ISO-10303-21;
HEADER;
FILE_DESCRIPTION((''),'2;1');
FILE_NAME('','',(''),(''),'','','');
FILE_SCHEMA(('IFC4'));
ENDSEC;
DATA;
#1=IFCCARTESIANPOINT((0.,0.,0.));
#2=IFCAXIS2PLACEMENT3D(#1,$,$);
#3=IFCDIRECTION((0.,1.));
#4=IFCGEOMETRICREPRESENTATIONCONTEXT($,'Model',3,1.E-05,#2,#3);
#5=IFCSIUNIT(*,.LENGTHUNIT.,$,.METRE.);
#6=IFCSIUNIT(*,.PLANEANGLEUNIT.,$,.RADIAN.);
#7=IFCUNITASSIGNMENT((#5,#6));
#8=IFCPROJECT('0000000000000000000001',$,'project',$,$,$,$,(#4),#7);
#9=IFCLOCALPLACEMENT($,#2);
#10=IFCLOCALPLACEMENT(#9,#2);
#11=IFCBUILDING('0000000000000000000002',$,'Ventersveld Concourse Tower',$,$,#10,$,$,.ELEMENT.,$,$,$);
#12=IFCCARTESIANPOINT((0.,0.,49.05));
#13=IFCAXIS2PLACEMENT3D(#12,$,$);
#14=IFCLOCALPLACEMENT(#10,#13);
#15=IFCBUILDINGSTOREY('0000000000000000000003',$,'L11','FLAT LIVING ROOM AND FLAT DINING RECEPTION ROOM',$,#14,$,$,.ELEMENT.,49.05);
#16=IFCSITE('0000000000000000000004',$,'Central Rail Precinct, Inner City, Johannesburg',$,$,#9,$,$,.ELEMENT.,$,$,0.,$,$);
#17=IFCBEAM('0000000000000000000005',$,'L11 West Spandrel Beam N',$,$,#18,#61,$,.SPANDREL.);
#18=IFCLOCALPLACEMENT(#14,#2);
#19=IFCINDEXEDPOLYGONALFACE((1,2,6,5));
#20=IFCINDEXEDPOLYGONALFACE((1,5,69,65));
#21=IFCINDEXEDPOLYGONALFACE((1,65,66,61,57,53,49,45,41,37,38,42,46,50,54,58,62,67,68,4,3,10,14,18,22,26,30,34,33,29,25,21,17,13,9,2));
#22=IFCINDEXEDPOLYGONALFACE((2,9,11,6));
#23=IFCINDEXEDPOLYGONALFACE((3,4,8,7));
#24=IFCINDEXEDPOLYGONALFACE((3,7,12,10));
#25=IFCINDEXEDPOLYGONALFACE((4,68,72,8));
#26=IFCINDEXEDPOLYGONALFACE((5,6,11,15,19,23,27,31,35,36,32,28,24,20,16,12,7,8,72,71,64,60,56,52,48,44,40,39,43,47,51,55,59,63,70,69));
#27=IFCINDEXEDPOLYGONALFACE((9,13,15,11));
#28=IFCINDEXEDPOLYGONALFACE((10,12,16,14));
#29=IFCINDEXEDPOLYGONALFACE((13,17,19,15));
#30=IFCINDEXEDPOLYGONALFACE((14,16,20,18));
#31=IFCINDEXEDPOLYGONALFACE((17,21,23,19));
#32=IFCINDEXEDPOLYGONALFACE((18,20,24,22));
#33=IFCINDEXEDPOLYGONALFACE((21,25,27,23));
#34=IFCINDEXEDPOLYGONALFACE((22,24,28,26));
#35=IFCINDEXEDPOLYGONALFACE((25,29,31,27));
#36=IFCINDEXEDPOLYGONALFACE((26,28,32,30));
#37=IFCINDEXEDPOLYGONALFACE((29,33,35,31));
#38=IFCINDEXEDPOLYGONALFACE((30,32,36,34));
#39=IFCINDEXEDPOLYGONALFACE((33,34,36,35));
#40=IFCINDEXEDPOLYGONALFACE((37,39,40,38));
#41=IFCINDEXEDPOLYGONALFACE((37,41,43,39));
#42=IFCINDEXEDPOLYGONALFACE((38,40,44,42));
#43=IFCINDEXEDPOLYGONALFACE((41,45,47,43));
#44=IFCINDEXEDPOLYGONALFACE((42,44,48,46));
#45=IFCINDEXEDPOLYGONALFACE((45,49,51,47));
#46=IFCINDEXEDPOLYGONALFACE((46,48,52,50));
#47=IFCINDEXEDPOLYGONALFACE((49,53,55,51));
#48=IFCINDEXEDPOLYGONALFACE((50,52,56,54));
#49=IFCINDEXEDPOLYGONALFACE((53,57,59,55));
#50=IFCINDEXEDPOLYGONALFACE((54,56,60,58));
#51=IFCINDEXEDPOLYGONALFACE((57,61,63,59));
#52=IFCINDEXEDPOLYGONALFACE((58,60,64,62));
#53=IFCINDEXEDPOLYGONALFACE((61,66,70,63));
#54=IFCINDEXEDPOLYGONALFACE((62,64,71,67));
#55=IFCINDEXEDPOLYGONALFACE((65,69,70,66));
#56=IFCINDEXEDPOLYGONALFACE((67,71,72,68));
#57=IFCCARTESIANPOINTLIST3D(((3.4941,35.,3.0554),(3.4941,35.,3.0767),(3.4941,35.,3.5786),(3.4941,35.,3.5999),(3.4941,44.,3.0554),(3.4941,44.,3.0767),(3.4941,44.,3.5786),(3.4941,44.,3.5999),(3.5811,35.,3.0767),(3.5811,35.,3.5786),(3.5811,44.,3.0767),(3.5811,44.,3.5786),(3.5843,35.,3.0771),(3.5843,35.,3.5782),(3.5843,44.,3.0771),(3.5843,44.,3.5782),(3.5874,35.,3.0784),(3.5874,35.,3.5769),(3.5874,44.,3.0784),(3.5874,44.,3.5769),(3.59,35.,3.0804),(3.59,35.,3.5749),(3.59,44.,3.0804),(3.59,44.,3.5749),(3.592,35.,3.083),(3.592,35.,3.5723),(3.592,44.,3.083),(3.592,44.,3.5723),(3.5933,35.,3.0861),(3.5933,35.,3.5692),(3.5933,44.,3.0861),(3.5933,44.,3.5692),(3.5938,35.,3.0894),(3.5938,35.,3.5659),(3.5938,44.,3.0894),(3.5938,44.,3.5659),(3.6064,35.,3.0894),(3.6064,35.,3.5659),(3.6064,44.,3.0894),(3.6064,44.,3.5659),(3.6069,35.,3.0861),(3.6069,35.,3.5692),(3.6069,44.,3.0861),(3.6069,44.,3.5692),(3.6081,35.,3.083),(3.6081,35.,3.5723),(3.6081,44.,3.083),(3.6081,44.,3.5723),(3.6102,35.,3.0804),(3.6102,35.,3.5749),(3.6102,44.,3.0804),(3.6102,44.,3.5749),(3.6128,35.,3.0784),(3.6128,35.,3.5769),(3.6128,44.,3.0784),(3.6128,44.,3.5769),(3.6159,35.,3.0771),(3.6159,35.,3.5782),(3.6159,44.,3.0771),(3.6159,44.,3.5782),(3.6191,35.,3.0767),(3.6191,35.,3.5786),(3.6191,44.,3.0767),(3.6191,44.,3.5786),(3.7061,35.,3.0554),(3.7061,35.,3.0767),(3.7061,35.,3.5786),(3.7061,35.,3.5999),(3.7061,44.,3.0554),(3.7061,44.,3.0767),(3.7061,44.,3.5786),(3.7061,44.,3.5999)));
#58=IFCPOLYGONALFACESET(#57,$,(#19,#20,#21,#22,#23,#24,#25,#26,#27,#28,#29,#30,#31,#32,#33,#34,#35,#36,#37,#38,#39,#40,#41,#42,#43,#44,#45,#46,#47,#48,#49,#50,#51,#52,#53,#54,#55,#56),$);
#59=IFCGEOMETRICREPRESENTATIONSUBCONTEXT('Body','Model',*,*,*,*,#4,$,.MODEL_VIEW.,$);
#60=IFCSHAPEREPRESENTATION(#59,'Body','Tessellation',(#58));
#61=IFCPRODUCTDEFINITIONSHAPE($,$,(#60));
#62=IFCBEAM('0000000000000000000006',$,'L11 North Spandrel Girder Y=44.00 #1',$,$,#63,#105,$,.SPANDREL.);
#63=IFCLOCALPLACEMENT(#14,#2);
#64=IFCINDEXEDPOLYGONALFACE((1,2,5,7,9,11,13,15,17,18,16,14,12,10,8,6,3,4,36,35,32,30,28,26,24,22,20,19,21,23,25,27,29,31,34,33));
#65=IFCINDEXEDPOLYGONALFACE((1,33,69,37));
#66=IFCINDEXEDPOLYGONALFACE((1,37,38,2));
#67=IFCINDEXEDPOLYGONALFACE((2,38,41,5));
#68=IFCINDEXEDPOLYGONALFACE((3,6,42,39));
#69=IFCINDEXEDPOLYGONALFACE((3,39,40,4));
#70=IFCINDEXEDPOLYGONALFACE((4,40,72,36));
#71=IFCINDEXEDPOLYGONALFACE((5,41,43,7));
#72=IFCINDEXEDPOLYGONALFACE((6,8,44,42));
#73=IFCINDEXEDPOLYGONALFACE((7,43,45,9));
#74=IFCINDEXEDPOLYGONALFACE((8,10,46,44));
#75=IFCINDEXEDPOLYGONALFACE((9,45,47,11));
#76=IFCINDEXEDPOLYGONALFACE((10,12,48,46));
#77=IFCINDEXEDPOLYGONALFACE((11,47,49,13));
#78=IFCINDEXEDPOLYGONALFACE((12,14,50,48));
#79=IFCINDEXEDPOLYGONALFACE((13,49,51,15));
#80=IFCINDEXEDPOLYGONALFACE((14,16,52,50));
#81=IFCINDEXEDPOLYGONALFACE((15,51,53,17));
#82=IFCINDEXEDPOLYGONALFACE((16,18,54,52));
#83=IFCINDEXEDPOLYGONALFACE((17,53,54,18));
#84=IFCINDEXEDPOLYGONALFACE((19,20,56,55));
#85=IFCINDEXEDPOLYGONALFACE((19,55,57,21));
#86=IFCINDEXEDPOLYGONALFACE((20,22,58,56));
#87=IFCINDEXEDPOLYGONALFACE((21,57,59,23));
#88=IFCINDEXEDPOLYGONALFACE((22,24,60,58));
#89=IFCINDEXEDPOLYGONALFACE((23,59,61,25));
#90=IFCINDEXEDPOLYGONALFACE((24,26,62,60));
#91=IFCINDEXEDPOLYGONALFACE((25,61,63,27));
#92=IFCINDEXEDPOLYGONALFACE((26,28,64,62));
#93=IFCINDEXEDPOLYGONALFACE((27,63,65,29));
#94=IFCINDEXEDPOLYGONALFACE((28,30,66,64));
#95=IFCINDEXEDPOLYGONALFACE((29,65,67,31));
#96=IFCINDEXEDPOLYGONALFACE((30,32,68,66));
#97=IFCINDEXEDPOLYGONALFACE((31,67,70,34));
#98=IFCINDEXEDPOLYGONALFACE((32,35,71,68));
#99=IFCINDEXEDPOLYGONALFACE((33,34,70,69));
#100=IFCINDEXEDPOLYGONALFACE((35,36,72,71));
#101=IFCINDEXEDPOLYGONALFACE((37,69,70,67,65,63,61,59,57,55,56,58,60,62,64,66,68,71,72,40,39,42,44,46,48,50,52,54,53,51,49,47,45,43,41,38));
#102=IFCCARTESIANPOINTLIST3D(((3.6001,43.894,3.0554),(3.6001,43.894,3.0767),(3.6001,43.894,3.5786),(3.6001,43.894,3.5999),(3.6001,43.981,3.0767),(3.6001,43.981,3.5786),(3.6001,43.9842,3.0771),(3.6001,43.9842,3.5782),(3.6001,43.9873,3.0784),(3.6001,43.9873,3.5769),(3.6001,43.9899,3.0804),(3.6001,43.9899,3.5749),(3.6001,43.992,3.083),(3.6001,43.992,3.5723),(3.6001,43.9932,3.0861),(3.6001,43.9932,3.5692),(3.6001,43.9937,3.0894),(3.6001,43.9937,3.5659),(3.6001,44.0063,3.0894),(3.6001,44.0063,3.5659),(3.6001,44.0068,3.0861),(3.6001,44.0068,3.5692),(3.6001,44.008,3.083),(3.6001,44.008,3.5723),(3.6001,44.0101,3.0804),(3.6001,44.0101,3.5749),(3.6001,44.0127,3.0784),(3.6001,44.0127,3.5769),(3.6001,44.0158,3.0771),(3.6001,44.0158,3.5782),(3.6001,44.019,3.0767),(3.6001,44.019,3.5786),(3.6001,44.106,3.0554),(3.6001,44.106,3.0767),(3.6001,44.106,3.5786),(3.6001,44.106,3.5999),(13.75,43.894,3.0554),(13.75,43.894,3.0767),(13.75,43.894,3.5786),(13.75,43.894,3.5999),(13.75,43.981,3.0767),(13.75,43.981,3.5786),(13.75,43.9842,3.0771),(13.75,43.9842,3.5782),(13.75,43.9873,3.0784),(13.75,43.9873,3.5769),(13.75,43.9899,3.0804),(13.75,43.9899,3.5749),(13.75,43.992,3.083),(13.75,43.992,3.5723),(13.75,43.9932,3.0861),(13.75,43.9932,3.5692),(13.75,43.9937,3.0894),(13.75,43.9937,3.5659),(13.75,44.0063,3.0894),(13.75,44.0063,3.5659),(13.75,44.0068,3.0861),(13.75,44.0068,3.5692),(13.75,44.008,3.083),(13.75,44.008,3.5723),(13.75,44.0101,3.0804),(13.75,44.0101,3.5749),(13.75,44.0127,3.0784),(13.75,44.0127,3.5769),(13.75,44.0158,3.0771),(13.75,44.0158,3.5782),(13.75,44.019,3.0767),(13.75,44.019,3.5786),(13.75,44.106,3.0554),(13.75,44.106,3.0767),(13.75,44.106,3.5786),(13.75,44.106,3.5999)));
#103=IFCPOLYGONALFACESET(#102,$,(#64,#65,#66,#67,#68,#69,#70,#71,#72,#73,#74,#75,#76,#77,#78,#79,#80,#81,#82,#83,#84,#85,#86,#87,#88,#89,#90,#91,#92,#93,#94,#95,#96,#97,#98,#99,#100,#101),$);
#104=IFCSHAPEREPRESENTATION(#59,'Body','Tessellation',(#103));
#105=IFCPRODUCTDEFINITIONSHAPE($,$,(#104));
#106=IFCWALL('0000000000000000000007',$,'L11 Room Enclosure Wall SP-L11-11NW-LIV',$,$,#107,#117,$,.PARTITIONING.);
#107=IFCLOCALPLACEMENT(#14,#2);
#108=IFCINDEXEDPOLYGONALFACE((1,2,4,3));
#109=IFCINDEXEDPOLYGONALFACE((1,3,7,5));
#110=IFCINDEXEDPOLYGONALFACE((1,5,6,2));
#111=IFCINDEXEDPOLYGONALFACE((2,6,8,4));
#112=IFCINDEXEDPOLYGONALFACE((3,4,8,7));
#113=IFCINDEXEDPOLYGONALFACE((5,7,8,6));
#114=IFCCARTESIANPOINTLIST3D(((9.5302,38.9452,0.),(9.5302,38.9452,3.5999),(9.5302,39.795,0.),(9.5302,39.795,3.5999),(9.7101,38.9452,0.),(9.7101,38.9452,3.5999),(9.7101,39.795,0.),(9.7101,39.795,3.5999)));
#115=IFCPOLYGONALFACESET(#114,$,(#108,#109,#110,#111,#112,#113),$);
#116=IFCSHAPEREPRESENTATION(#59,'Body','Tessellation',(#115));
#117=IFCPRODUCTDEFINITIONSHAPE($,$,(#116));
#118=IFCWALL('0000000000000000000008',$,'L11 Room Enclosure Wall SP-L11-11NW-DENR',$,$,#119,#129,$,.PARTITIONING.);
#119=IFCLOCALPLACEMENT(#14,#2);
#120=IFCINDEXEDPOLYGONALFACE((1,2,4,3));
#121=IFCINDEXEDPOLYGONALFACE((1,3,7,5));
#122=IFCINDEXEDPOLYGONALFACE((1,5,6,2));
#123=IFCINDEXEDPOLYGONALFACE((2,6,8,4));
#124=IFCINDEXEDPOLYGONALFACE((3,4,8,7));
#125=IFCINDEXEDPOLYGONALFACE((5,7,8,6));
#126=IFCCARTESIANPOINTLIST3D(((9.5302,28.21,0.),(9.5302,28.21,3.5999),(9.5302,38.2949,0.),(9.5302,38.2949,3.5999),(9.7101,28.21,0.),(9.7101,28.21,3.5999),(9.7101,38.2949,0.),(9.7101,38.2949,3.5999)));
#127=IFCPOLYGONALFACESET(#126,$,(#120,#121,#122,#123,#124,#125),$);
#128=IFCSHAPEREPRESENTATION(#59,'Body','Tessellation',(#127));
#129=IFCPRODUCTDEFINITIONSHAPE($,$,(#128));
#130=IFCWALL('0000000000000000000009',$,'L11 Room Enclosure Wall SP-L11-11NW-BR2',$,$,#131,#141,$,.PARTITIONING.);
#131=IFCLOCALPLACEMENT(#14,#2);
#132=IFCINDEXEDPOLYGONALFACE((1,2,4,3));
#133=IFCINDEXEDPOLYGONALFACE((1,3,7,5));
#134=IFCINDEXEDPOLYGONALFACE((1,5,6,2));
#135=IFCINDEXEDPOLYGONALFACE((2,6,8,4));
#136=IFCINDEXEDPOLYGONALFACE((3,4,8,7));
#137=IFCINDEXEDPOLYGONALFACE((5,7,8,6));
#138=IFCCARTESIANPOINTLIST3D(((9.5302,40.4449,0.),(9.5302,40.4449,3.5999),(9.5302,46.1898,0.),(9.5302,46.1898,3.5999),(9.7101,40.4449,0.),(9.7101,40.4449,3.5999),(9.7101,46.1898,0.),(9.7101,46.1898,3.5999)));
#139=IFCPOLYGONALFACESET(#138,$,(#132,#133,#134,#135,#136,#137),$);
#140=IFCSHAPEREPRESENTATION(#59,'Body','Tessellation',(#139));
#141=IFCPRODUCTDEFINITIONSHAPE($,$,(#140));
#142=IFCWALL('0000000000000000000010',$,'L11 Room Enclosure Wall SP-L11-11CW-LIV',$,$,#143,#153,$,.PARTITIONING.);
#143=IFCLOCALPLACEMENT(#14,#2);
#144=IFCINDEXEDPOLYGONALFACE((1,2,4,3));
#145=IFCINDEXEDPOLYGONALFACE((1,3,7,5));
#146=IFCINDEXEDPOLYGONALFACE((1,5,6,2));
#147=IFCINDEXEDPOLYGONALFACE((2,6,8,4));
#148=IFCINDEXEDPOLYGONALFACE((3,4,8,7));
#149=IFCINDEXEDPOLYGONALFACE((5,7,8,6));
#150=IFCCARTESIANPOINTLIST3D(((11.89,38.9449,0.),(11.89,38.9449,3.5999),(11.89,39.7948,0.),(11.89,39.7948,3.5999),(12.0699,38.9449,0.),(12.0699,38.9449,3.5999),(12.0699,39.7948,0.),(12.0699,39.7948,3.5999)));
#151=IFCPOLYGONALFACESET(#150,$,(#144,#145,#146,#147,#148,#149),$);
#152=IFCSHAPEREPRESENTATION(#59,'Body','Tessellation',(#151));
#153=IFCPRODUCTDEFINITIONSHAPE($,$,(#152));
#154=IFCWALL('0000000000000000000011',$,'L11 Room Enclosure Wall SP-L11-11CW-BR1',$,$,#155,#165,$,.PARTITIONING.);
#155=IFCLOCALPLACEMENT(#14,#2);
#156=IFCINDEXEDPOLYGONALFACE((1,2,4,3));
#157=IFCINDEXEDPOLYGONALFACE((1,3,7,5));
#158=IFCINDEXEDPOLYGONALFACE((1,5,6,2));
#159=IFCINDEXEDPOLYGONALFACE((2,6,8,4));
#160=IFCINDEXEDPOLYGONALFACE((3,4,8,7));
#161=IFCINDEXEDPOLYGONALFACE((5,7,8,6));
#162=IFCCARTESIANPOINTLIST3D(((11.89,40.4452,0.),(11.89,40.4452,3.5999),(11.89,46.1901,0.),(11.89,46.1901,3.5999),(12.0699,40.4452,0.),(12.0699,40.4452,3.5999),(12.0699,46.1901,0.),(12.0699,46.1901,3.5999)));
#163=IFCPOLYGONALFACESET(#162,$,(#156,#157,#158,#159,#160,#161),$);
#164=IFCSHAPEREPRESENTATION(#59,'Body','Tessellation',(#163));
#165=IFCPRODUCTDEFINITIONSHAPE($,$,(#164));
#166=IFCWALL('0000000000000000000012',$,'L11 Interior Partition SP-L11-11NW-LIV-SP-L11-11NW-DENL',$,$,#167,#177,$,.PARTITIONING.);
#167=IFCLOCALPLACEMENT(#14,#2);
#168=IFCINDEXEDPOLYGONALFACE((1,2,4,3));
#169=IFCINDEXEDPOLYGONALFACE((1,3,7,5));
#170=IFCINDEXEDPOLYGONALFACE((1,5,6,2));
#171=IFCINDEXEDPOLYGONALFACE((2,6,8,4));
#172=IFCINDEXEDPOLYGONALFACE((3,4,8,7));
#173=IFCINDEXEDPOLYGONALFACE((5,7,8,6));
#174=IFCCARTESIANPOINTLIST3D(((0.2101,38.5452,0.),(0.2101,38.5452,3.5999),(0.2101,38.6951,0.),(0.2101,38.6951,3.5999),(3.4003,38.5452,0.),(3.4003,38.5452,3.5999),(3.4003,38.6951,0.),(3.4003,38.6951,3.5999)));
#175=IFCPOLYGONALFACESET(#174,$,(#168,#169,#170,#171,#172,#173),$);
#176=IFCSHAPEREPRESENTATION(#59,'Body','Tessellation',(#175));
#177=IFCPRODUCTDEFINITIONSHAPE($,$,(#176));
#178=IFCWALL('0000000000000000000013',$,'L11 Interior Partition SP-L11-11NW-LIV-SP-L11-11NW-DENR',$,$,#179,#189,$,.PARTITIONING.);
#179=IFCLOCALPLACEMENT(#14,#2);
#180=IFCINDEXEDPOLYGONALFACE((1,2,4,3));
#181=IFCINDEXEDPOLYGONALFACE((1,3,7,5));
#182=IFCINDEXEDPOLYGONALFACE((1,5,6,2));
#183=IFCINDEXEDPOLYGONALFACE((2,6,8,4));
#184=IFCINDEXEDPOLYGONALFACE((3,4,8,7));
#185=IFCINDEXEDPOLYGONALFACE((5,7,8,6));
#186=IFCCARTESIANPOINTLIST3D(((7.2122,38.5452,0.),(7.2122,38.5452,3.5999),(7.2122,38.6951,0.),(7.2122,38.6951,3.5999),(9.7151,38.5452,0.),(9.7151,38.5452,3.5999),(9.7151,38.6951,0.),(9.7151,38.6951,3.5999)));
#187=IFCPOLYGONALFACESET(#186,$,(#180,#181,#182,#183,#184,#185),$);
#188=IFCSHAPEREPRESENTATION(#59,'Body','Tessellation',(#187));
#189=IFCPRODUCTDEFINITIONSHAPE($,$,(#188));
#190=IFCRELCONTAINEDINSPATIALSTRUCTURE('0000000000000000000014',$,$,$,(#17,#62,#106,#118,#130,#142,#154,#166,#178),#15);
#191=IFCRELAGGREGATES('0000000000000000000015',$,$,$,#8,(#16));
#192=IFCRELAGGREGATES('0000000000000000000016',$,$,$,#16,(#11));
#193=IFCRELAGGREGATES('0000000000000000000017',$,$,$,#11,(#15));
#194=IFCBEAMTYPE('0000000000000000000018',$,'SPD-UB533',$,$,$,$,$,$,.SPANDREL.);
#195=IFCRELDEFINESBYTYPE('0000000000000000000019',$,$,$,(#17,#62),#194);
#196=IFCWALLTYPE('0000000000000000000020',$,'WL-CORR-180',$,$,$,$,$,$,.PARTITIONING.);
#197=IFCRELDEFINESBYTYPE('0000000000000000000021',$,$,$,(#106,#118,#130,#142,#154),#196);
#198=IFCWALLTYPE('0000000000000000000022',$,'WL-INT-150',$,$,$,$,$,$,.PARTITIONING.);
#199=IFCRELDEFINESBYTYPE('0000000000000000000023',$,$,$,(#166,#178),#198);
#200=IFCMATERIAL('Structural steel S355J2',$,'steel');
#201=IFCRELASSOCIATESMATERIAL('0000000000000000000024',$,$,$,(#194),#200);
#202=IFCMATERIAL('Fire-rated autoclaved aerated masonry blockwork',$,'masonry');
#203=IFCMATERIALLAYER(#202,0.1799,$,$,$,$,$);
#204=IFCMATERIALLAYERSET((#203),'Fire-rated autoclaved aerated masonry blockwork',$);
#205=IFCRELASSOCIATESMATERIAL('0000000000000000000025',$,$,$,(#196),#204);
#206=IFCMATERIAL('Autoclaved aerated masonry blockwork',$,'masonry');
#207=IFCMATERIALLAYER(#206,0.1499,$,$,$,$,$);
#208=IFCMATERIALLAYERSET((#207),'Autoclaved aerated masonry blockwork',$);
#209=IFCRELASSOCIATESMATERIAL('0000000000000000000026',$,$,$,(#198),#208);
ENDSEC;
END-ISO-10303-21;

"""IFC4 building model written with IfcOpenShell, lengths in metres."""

from ifc_helpers import new_model, si_unit, direction, frame, frame_2d, origin, origin_2d, place, context, subcontext, project, spatial, rectangle, i_section, extrude, material, layer, layer_set, material_profile, profile_set, type_object, element, save


model = new_model("IFC4")

# Units and contexts
model_context = context("Model", 3, precision=1e-05, world=origin(), true_north=direction((0.0, 1.0)))
body_context = subcontext(model_context, "Body", "Model", "MODEL_VIEW")
ifc_project = project(units=[si_unit("LENGTHUNIT", "METRE"), si_unit("PLANEANGLEUNIT", "RADIAN")], contexts=[model_context])

# Site, building, storey
site_placement = place(None, origin())
site = spatial("IfcSite", under=ifc_project, at=site_placement, Name="Central Rail Precinct, Inner City, Johannesburg", CompositionType="ELEMENT", RefElevation=0.0)
building_placement = place(site_placement, origin())
building = spatial("IfcBuilding", under=site, at=building_placement, Name="Ventersveld Concourse Tower", CompositionType="ELEMENT")
storey_placement = place(building_placement, frame((0.0, 0.0, 49.05)))
storey = spatial("IfcBuildingStorey", under=building, at=storey_placement, Name="L11", Description="FLAT LIVING ROOM AND FLAT DINING RECEPTION ROOM", CompositionType="ELEMENT", Elevation=49.05)

# Beams
ifc_material_1 = material(Name="Structural steel S355J2", Category="steel")
ifc_material_profile_1 = material_profile(ifc_material_1, i_section(OverallWidth=0.2119, OverallDepth=0.5444, WebThickness=0.0127, FlangeThickness=0.0212, FilletRadius=0.0127, at=origin_2d()), Name="UB 533x210x122")
ifc_profile_set_1 = profile_set([ifc_material_profile_1], Name="Structural steel S355J2")
beam_type_1 = type_object("IfcBeamType", Name="SPD-UB533", PredefinedType="SPANDREL", material=ifc_profile_set_1)
beam_1_placement = place(storey_placement, frame((3.6001, 35.0, 3.3276), z_axis=(0.0, 1.0, 0.0), x_axis=(-1.0, 0.0, 0.0)))
element("IfcBeam", 1, at=beam_1_placement, inside=storey, type_object=beam_type_1, Name="L11 West Spandrel Beam N", PredefinedType="SPANDREL", context=body_context, shape_type="SweptSolid", body=[
    extrude(i_section(OverallWidth=0.2119, OverallDepth=0.5444, WebThickness=0.0127, FlangeThickness=0.0212, FilletRadius=0.0127, at=origin_2d()), origin(), (0.0, 0.0, 1.0), 9.0),
])
beam_2_placement = place(storey_placement, frame((3.6001, 44.0, 3.3276), z_axis=(1.0, 0.0, 0.0), x_axis=(0.0, 1.0, 0.0)))
element("IfcBeam", 2, at=beam_2_placement, inside=storey, type_object=beam_type_1, Name="L11 North Spandrel Girder Y=44.00 #1", PredefinedType="SPANDREL", context=body_context, shape_type="SweptSolid", body=[
    extrude(i_section(OverallWidth=0.2119, OverallDepth=0.5444, WebThickness=0.0127, FlangeThickness=0.0212, FilletRadius=0.0127, at=origin_2d()), origin(), (0.0, 0.0, 1.0), 10.1499),
])

# Walls
ifc_material_2 = material(Name="Fire-rated autoclaved aerated masonry blockwork", Category="masonry")
ifc_layer_1 = layer(ifc_material_2, 0.1799)
ifc_layer_set_1 = layer_set([ifc_layer_1], Name="Fire-rated autoclaved aerated masonry blockwork")
wall_type_1 = type_object("IfcWallType", Name="WL-CORR-180", PredefinedType="PARTITIONING", material=ifc_layer_set_1)
wall_1_placement = place(storey_placement, frame((9.6201, 39.7949, 0.0), z_axis=(0.0, 0.0, 1.0), x_axis=(0.0, -1.0, 0.0)))
element("IfcWall", 3, at=wall_1_placement, inside=storey, type_object=wall_type_1, Name="L11 Room Enclosure Wall SP-L11-11NW-LIV", PredefinedType="PARTITIONING", context=body_context, shape_type="SweptSolid", body=[
    extrude(rectangle(XDim=0.8499, YDim=0.1799, at=frame_2d((0.4248, 0.0))), origin(), (0.0, 0.0, 1.0), 3.5999),
])
wall_2_placement = place(storey_placement, frame((9.6201, 38.2949, 0.0), z_axis=(0.0, 0.0, 1.0), x_axis=(0.0, -1.0, 0.0)))
element("IfcWall", 4, at=wall_2_placement, inside=storey, type_object=wall_type_1, Name="L11 Room Enclosure Wall SP-L11-11NW-DENR", PredefinedType="PARTITIONING", context=body_context, shape_type="SweptSolid", body=[
    extrude(rectangle(XDim=10.085, YDim=0.1799, at=frame_2d((5.0425, 0.0))), origin(), (0.0, 0.0, 1.0), 3.5999),
])
wall_3_placement = place(storey_placement, frame((9.6201, 46.1899, 0.0), z_axis=(0.0, 0.0, 1.0), x_axis=(0.0, -1.0, 0.0)))
element("IfcWall", 5, at=wall_3_placement, inside=storey, type_object=wall_type_1, Name="L11 Room Enclosure Wall SP-L11-11NW-BR2", PredefinedType="PARTITIONING", context=body_context, shape_type="SweptSolid", body=[
    extrude(rectangle(XDim=5.7449, YDim=0.1799, at=frame_2d((2.8726, 0.0))), origin(), (0.0, 0.0, 1.0), 3.5999),
])
wall_4_placement = place(storey_placement, frame((11.98, 38.9451, 0.0), z_axis=(0.0, 0.0, 1.0), x_axis=(0.0, 1.0, 0.0)))
element("IfcWall", 6, at=wall_4_placement, inside=storey, type_object=wall_type_1, Name="L11 Room Enclosure Wall SP-L11-11CW-LIV", PredefinedType="PARTITIONING", context=body_context, shape_type="SweptSolid", body=[
    extrude(rectangle(XDim=0.8499, YDim=0.1799, at=frame_2d((0.4248, 0.0))), origin(), (0.0, 0.0, 1.0), 3.5999),
])
wall_5_placement = place(storey_placement, frame((11.98, 40.4451, 0.0), z_axis=(0.0, 0.0, 1.0), x_axis=(0.0, 1.0, 0.0)))
element("IfcWall", 7, at=wall_5_placement, inside=storey, type_object=wall_type_1, Name="L11 Room Enclosure Wall SP-L11-11CW-BR1", PredefinedType="PARTITIONING", context=body_context, shape_type="SweptSolid", body=[
    extrude(rectangle(XDim=5.7449, YDim=0.1799, at=frame_2d((2.8726, 0.0))), origin(), (0.0, 0.0, 1.0), 3.5999),
])
ifc_material_3 = material(Name="Autoclaved aerated masonry blockwork", Category="masonry")
ifc_layer_2 = layer(ifc_material_3, 0.1499)
ifc_layer_set_2 = layer_set([ifc_layer_2], Name="Autoclaved aerated masonry blockwork")
wall_type_2 = type_object("IfcWallType", Name="WL-INT-150", PredefinedType="PARTITIONING", material=ifc_layer_set_2)
wall_6_placement = place(storey_placement, frame((0.21, 38.6201, 0.0), z_axis=(0.0, 0.0, 1.0), x_axis=(1.0, 0.0, 0.0)))
element("IfcWall", 8, at=wall_6_placement, inside=storey, type_object=wall_type_2, Name="L11 Interior Partition SP-L11-11NW-LIV-SP-L11-11NW-DENL", PredefinedType="PARTITIONING", context=body_context, shape_type="SweptSolid", body=[
    extrude(rectangle(XDim=3.1902, YDim=0.1499, at=frame_2d((1.5952, 0.0))), origin(), (0.0, 0.0, 1.0), 3.5999),
])
wall_7_placement = place(storey_placement, frame((7.2122, 38.6201, 0.0), z_axis=(0.0, 0.0, 1.0), x_axis=(1.0, 0.0, 0.0)))
element("IfcWall", 9, at=wall_7_placement, inside=storey, type_object=wall_type_2, Name="L11 Interior Partition SP-L11-11NW-LIV-SP-L11-11NW-DENR", PredefinedType="PARTITIONING", context=body_context, shape_type="SweptSolid", body=[
    extrude(rectangle(XDim=2.5029, YDim=0.1499, at=frame_2d((1.2515, 0.0))), origin(), (0.0, 0.0, 1.0), 3.5999),
])

save(model, "model.ifc")
